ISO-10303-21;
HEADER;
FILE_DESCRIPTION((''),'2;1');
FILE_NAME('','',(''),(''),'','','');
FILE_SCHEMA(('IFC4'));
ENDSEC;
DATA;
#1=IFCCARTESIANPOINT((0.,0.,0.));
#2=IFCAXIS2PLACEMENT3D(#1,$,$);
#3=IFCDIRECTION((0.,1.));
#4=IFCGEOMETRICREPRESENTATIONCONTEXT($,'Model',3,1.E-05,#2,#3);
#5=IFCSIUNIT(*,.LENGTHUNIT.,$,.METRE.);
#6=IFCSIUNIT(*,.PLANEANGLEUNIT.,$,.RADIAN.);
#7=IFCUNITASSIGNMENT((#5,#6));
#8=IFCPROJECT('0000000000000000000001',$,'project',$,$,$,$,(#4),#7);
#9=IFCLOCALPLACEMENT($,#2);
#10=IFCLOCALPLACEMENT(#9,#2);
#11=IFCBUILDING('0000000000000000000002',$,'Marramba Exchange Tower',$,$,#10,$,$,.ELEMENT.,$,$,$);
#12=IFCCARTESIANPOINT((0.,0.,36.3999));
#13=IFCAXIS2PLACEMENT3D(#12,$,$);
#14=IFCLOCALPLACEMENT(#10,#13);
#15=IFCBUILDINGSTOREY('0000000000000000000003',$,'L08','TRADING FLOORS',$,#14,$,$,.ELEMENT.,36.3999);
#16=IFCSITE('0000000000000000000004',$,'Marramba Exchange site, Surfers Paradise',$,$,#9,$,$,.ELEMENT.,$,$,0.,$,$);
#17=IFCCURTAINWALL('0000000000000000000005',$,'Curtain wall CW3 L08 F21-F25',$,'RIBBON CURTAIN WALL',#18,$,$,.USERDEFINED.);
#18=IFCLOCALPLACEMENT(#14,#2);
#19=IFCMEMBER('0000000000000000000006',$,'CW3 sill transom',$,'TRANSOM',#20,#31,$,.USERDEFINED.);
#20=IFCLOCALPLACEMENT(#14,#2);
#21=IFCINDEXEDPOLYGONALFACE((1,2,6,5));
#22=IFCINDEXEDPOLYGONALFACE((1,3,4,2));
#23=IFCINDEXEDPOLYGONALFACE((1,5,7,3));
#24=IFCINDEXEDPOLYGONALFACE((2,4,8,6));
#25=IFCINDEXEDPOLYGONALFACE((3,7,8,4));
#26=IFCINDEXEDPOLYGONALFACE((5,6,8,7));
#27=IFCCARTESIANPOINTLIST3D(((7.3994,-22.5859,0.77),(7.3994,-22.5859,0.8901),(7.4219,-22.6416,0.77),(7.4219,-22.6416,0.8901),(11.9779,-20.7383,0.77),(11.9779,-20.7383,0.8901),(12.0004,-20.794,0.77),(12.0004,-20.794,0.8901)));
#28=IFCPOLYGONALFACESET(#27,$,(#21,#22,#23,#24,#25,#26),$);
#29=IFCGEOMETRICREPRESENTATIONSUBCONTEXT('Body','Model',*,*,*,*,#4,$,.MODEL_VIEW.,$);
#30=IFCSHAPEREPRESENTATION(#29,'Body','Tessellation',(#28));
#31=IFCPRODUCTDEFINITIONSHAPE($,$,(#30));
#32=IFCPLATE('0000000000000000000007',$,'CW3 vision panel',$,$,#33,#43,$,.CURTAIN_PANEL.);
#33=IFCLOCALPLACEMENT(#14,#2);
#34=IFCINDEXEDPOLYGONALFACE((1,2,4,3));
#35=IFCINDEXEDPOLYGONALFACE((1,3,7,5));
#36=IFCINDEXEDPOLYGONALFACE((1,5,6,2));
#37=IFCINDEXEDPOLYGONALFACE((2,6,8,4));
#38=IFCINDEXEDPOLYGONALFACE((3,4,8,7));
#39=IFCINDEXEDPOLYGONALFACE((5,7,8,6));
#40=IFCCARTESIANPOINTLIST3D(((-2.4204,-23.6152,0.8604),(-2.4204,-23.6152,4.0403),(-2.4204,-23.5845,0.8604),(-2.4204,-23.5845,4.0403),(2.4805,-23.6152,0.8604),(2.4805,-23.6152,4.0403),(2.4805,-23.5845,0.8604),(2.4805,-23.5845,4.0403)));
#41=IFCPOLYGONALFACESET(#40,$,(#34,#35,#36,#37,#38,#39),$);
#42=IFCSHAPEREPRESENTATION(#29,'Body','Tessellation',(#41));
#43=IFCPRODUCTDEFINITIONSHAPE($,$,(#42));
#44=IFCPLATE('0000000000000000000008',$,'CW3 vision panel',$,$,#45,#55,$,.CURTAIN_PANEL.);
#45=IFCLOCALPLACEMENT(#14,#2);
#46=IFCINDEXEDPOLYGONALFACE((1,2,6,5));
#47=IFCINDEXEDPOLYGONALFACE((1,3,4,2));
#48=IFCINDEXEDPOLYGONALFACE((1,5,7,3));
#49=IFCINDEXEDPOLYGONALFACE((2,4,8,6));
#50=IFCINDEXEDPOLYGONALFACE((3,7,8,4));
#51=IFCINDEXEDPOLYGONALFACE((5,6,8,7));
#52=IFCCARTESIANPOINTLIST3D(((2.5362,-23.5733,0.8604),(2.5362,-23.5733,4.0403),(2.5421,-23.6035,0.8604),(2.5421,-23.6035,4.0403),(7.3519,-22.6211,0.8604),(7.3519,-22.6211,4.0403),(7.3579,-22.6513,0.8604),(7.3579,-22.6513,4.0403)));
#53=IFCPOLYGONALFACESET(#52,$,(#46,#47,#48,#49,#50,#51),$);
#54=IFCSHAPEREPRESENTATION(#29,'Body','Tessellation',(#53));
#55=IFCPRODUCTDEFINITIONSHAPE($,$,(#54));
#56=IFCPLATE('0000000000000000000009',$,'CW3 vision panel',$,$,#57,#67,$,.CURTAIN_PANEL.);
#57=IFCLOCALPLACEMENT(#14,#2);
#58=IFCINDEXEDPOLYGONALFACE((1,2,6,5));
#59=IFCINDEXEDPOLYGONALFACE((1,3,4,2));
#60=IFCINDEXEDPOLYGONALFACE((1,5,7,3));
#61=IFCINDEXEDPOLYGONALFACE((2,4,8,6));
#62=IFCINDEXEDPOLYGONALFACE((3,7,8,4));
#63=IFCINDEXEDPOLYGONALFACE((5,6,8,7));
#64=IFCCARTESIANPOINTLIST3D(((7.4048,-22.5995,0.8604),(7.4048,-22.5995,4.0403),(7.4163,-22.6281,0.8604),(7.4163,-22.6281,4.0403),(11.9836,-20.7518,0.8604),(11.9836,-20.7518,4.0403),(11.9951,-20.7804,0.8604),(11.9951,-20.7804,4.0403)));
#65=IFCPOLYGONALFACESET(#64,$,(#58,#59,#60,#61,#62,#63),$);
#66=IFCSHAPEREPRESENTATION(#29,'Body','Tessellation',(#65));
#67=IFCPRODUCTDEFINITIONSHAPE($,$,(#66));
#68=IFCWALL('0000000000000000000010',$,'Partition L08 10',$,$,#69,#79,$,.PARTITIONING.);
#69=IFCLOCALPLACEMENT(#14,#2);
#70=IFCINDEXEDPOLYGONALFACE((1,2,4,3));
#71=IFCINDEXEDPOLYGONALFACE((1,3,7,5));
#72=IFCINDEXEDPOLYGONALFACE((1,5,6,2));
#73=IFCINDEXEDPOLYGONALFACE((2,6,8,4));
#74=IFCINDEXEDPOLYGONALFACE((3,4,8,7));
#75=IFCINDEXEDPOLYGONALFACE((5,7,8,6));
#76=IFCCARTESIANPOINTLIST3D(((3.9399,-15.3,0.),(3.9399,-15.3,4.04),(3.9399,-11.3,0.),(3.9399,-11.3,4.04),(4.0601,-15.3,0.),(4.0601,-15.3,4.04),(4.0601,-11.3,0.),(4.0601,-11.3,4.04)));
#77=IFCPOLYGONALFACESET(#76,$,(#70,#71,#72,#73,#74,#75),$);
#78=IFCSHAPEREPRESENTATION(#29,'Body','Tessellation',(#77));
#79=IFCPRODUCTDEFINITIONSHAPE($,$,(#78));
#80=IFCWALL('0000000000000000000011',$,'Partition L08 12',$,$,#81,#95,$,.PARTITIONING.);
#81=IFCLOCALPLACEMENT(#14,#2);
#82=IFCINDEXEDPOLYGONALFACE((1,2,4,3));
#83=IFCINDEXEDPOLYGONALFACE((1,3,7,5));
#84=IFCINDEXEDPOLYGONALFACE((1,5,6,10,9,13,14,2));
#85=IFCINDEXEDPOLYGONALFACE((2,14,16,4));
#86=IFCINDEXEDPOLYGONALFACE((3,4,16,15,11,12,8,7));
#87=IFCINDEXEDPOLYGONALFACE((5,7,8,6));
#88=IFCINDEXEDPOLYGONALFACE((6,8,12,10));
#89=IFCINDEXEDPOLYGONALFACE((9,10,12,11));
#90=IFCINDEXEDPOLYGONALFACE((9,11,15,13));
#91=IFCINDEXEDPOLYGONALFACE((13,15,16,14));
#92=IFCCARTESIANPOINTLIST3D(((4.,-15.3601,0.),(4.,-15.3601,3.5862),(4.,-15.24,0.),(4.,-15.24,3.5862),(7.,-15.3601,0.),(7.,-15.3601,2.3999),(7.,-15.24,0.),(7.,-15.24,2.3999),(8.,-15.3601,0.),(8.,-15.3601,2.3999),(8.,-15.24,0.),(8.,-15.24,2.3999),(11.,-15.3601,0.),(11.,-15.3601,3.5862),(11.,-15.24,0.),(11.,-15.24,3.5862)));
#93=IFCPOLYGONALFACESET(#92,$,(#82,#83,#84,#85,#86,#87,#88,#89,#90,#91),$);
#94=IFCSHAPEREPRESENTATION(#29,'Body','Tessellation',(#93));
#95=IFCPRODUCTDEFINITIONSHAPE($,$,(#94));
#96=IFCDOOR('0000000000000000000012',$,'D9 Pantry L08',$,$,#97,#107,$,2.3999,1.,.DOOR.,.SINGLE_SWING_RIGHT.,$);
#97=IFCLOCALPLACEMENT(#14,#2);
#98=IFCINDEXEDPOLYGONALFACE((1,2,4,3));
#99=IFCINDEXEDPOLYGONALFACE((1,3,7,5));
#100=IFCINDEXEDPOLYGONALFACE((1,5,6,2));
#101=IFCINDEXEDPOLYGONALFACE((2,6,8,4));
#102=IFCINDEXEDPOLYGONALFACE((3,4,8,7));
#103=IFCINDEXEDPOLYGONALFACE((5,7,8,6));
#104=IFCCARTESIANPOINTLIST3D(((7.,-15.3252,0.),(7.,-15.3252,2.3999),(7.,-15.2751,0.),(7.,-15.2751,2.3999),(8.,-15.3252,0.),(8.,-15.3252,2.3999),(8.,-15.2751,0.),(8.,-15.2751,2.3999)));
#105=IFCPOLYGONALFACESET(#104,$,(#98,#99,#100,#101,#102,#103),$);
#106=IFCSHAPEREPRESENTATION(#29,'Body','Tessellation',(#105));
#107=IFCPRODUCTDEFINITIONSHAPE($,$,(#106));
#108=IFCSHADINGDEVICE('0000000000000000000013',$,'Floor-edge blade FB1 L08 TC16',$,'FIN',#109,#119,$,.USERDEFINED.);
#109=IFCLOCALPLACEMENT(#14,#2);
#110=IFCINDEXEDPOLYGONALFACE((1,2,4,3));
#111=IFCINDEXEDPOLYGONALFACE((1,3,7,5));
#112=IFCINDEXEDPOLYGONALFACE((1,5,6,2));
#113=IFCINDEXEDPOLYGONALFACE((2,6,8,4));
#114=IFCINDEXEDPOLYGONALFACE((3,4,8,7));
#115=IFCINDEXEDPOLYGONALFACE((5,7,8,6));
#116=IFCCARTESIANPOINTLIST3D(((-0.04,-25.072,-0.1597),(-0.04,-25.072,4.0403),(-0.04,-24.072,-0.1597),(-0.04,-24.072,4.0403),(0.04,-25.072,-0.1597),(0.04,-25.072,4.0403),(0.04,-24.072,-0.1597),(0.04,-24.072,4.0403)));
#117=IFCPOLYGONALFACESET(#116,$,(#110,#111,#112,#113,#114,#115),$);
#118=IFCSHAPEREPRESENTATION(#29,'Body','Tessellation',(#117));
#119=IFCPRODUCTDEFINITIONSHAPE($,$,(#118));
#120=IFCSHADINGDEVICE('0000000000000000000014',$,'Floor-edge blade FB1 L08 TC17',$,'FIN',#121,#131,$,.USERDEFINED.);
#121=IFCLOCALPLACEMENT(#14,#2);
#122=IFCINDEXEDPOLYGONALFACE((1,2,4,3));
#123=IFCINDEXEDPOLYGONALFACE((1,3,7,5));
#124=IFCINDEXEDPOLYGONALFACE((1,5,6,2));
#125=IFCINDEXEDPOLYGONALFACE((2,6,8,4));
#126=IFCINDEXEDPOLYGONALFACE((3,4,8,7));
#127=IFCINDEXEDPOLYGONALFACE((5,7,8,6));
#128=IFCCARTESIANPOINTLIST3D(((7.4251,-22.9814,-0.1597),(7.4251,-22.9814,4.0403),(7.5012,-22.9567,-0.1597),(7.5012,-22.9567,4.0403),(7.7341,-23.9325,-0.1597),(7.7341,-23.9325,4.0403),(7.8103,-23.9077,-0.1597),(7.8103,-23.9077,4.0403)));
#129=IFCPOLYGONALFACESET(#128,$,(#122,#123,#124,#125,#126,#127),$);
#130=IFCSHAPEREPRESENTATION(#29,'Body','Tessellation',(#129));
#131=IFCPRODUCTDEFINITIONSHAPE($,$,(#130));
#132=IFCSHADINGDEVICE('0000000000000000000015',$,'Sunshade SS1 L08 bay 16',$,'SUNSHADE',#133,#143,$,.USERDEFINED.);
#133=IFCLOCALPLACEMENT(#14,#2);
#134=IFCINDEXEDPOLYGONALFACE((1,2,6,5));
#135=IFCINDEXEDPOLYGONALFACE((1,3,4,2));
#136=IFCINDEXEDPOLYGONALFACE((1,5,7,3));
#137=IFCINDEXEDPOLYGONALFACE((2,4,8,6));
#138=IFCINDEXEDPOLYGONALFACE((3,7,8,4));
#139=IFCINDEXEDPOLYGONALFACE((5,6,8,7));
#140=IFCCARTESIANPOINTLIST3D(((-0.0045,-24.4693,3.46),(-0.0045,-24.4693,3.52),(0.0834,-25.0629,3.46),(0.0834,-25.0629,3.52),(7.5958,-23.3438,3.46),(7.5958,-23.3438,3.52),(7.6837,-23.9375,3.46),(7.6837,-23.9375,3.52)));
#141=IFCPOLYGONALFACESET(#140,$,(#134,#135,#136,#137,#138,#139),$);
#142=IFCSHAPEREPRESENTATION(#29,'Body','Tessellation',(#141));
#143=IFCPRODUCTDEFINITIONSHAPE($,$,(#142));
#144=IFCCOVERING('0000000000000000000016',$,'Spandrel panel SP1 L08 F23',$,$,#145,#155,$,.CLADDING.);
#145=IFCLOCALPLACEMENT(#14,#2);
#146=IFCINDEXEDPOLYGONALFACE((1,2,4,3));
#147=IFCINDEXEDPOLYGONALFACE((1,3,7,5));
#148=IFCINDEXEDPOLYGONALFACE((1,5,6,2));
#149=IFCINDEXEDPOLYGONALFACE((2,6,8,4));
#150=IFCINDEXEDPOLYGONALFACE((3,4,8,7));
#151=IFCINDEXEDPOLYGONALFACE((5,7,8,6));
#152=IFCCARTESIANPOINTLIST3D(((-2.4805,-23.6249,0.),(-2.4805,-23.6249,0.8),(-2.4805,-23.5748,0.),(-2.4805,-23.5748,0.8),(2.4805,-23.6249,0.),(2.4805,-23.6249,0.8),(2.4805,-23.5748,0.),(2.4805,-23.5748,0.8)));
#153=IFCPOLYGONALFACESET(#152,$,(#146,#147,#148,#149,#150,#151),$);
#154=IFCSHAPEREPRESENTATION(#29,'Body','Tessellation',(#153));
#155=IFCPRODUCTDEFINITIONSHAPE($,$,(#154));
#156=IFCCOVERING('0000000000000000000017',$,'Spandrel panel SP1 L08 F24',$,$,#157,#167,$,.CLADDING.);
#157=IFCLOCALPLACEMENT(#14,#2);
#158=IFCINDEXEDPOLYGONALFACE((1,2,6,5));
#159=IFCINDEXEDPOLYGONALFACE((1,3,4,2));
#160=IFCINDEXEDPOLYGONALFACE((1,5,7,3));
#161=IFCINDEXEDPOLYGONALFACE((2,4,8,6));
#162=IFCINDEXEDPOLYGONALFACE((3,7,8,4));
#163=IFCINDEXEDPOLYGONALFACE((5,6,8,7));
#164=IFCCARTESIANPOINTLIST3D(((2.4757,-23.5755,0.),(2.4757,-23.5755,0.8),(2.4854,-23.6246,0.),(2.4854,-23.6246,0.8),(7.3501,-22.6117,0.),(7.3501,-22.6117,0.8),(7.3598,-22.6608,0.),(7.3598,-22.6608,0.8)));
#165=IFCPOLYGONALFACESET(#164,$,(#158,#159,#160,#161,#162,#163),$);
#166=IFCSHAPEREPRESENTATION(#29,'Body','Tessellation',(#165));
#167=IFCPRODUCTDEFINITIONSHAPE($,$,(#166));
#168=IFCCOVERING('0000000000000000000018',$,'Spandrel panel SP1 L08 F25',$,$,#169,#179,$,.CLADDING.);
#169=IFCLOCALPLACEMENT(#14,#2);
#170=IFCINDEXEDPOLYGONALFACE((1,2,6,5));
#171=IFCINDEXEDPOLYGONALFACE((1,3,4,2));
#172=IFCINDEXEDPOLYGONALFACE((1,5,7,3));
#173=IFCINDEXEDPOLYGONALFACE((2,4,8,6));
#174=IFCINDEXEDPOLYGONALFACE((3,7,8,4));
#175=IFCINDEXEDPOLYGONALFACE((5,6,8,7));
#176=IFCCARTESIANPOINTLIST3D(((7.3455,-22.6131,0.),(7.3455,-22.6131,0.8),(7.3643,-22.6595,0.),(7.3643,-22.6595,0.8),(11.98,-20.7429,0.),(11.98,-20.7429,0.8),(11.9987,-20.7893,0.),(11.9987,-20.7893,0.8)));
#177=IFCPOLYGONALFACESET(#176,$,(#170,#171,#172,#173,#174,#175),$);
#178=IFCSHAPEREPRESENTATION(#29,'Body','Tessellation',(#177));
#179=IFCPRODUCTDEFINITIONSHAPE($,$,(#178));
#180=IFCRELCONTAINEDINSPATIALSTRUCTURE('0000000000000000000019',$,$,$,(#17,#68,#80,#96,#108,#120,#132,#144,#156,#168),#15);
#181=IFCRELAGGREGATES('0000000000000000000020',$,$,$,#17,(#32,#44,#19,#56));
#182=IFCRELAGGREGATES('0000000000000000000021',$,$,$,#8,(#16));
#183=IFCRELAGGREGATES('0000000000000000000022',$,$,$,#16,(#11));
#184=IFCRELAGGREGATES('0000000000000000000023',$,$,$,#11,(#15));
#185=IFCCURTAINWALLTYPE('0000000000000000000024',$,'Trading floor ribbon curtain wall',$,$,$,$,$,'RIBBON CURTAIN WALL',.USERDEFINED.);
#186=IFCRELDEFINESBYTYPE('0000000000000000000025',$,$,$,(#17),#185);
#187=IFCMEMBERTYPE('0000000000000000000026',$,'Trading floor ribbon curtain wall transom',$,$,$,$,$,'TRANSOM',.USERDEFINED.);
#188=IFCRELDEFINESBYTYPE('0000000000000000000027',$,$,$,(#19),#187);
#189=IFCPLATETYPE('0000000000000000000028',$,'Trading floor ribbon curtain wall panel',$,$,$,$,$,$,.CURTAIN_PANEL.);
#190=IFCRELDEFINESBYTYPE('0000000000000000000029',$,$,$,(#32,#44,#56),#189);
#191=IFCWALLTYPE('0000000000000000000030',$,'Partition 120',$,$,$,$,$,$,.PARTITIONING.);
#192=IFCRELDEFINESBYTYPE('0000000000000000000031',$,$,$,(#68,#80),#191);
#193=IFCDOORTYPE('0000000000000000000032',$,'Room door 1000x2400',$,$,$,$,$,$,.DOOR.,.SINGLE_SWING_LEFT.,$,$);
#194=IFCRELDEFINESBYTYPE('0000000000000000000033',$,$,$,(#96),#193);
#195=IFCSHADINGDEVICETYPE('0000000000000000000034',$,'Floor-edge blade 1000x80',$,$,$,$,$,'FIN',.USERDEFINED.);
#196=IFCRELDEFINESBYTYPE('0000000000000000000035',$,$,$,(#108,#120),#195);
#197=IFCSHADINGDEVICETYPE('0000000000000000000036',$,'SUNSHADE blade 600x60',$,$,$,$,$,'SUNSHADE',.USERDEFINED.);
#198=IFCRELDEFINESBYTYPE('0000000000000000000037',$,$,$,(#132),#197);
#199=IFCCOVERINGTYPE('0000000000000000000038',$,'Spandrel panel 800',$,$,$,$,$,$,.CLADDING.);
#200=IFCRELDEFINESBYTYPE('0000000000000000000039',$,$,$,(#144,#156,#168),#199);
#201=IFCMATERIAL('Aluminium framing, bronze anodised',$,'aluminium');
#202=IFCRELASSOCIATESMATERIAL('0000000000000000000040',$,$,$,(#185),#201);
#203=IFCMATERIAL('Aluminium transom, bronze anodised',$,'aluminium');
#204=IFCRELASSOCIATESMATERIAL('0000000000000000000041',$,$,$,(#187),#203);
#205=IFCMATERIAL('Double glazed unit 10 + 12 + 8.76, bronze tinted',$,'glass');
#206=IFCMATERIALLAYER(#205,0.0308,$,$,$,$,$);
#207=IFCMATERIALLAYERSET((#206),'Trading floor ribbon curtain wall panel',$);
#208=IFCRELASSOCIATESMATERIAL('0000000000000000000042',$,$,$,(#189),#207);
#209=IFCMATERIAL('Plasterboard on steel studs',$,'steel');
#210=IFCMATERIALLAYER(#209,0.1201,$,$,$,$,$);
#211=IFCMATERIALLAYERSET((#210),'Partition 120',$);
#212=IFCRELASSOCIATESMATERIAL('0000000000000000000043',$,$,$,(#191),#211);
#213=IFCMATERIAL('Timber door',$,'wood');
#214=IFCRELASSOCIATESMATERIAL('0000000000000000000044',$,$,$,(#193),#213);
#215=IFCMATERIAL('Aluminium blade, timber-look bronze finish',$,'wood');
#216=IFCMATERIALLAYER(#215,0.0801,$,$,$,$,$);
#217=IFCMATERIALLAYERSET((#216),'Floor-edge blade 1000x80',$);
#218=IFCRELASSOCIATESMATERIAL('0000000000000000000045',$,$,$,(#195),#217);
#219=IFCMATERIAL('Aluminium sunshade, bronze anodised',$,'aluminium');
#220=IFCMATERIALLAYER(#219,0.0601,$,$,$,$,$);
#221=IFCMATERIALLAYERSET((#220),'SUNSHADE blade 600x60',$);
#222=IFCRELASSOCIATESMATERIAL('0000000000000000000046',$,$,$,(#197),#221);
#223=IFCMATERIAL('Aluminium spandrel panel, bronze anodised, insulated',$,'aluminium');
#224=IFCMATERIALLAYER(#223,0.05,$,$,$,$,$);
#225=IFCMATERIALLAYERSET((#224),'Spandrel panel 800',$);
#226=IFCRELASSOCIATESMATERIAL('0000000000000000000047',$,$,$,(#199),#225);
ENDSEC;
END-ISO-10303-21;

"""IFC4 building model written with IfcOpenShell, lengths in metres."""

from ifc_helpers import new_model, si_unit, direction, frame, frame_2d, origin, origin_2d, place, context, subcontext, project, spatial, rectangle, extrude, material, layer, layer_set, material_profile, profile_set, type_object, element, fill, aggregate, save


model = new_model("IFC4")

# Units and contexts
model_context = context("Model", 3, precision=1e-05, world=origin(), true_north=direction((0.0, 1.0)))
body_context = subcontext(model_context, "Body", "Model", "MODEL_VIEW")
ifc_project = project(units=[si_unit("LENGTHUNIT", "METRE"), si_unit("PLANEANGLEUNIT", "RADIAN")], contexts=[model_context])

# Site, building, storey
site_placement = place(None, origin())
site = spatial("IfcSite", under=ifc_project, at=site_placement, Name="Marramba Exchange site, Surfers Paradise", CompositionType="ELEMENT", RefElevation=0.0)
building_placement = place(site_placement, origin())
building = spatial("IfcBuilding", under=site, at=building_placement, Name="Marramba Exchange Tower", CompositionType="ELEMENT")
storey_placement = place(building_placement, frame((0.0, 0.0, 36.3999)))
storey = spatial("IfcBuildingStorey", under=building, at=storey_placement, Name="L08", Description="TRADING FLOORS", CompositionType="ELEMENT", Elevation=36.3999)

# Curtain wall, member, plates
ifc_material_1 = material(Name="Aluminium framing, bronze anodised", Category="aluminium")
curtain_wall_type = type_object("IfcCurtainWallType", Name="Trading floor ribbon curtain wall", ElementType="RIBBON CURTAIN WALL", PredefinedType="USERDEFINED", material=ifc_material_1)
curtain_wall_placement = place(storey_placement, origin())
curtain_wall = element("IfcCurtainWall", 1, at=curtain_wall_placement, inside=storey, type_object=curtain_wall_type, Name="Curtain wall CW3 L08 F21-F25", ObjectType="RIBBON CURTAIN WALL", PredefinedType="USERDEFINED")
ifc_material_2 = material(Name="Aluminium transom, bronze anodised", Category="aluminium")
ifc_material_profile_1 = material_profile(ifc_material_2, rectangle(XDim=0.0601, YDim=0.1201, at=origin_2d()), Name="CW3 transom 60x120")
ifc_profile_set_1 = profile_set([ifc_material_profile_1], Name="Aluminium transom, bronze anodised")
member_type_1 = type_object("IfcMemberType", Name="Trading floor ribbon curtain wall transom", ElementType="TRANSOM", PredefinedType="USERDEFINED", material=ifc_profile_set_1)
member_1_placement = place(storey_placement, frame((7.4106, -22.6138, 0.8301), z_axis=(0.92734, 0.374219, 0.0), x_axis=(-0.374219, 0.92734, 0.0)))
member_1 = element("IfcMember", 2, at=member_1_placement, type_object=member_type_1, Name="CW3 sill transom", ObjectType="TRANSOM", PredefinedType="USERDEFINED", context=body_context, shape_type="SweptSolid", body=[
    extrude(rectangle(XDim=0.0601, YDim=0.1201, at=origin_2d()), origin(), (0.0, 0.0, 1.0), 4.9373),
])
ifc_material_3 = material(Name="Double glazed unit 10 + 12 + 8.76, bronze tinted", Category="glass")
ifc_layer_1 = layer(ifc_material_3, 0.0308)
ifc_layer_set_1 = layer_set([ifc_layer_1], Name="Trading floor ribbon curtain wall panel")
plate_type = type_object("IfcPlateType", Name="Trading floor ribbon curtain wall panel", PredefinedType="CURTAIN_PANEL", material=ifc_layer_set_1)
plate_1_placement = place(storey_placement, frame((0.03, -23.5999, 0.8604), z_axis=(0.0, 0.0, 1.0), x_axis=(1.0, 0.0, 0.0)))
plate_1 = element("IfcPlate", 3, at=plate_1_placement, type_object=plate_type, Name="CW3 vision panel", PredefinedType="CURTAIN_PANEL", context=body_context, shape_type="SweptSolid", body=[
    extrude(rectangle(XDim=4.9009, YDim=0.0308, at=origin_2d()), origin(), (0.0, 0.0, 1.0), 3.1799),
])
plate_2_placement = place(storey_placement, frame((4.947, -23.1123, 0.8604), z_axis=(0.0, 0.0, 1.0), x_axis=(0.981009, 0.193961, 0.0)))
plate_2 = element("IfcPlate", 4, at=plate_2_placement, type_object=plate_type, Name="CW3 vision panel", PredefinedType="CURTAIN_PANEL", context=body_context, shape_type="SweptSolid", body=[
    extrude(rectangle(XDim=4.9089, YDim=0.0308, at=origin_2d()), origin(), (0.0, 0.0, 1.0), 3.1799),
])
plate_3_placement = place(storey_placement, frame((9.7, -21.6899, 0.8604), z_axis=(0.0, 0.0, 1.0), x_axis=(0.927341, 0.374218, 0.0)))
plate_3 = element("IfcPlate", 5, at=plate_3_placement, type_object=plate_type, Name="CW3 vision panel", PredefinedType="CURTAIN_PANEL", context=body_context, shape_type="SweptSolid", body=[
    extrude(rectangle(XDim=4.9375, YDim=0.0308, at=origin_2d()), origin(), (0.0, 0.0, 1.0), 3.1799),
])
aggregate(curtain_wall, [plate_1, plate_2, member_1, plate_3])

# Wall
ifc_material_4 = material(Name="Plasterboard on steel studs", Category="steel")
ifc_layer_2 = layer(ifc_material_4, 0.1201)
ifc_layer_set_2 = layer_set([ifc_layer_2], Name="Partition 120")
wall_type = type_object("IfcWallType", Name="Partition 120", PredefinedType="PARTITIONING", material=ifc_layer_set_2)
wall_1_placement = place(storey_placement, frame((4.0, -11.3, 0.0), z_axis=(0.0, 0.0, 1.0), x_axis=(0.0, -1.0, 0.0)))
element("IfcWall", 6, at=wall_1_placement, inside=storey, type_object=wall_type, Name="Partition L08 10", PredefinedType="PARTITIONING", context=body_context, shape_type="SweptSolid", body=[
    extrude(rectangle(XDim=4.0, YDim=0.1201, at=frame_2d((2.0, 0.0))), origin(), (0.0, 0.0, 1.0), 4.04),
])

# Wall, opening, door
wall_2_placement = place(storey_placement, frame((4.0, -15.3, 0.0), z_axis=(0.0, 0.0, 1.0), x_axis=(1.0, 0.0, 0.0)))
wall_2 = element("IfcWall", 7, at=wall_2_placement, inside=storey, type_object=wall_type, Name="Partition L08 12", PredefinedType="PARTITIONING", context=body_context, shape_type="SweptSolid", body=[
    extrude(rectangle(XDim=7.0, YDim=0.1201, at=frame_2d((3.5, 0.0))), origin(), (0.0, 0.0, 1.0), 3.5862),
])
opening_placement = place(wall_2_placement, frame((3.0, 0.0, 0.0)))
opening = element("IfcOpeningElement", 8, at=opening_placement, cuts=wall_2, PredefinedType="OPENING", context=body_context, shape_type="SweptSolid", body=[
    extrude(rectangle(XDim=1.0, YDim=2.3999, at=frame_2d((0.5, 1.2))), frame((0.0, 0.0701, 0.0), z_axis=(0.0, -1.0, 0.0), x_axis=(1.0, 0.0, 0.0)), (0.0, 0.0, 1.0), 0.1401),
])
ifc_material_5 = material(Name="Timber door", Category="wood")
door_type = type_object("IfcDoorType", Name="Room door 1000x2400", OperationType="SINGLE_SWING_LEFT", PredefinedType="DOOR", material=ifc_material_5)
door_placement = place(opening_placement, origin())
door = element("IfcDoor", 9, at=door_placement, inside=storey, type_object=door_type, Name="D9 Pantry L08", OperationType="SINGLE_SWING_RIGHT", OverallHeight=2.3999, OverallWidth=1.0, PredefinedType="DOOR", context=body_context, shape_type="SweptSolid", body=[
    extrude(rectangle(XDim=1.0, YDim=2.3999, at=frame_2d((0.5, 1.2))), frame((0.0, 0.0249, 0.0), z_axis=(0.0, -1.0, 0.0), x_axis=(1.0, 0.0, 0.0)), (0.0, 0.0, 1.0), 0.05),
])
fill(opening, door)

# Shading devices
ifc_material_6 = material(Name="Aluminium blade, timber-look bronze finish", Category="wood")
ifc_layer_3 = layer(ifc_material_6, 0.0801)
ifc_layer_set_3 = layer_set([ifc_layer_3], Name="Floor-edge blade 1000x80")
shading_device_type_1 = type_object("IfcShadingDeviceType", Name="Floor-edge blade 1000x80", ElementType="FIN", PredefinedType="USERDEFINED", material=ifc_layer_set_3)
for number, where, z_axis, x_axis, name in (
    (10, (0.0, -24.572, -0.1597), (0.0, 0.0, 1.0), (0.0, -1.0, 0.0), "Floor-edge blade FB1 L08 TC16"),
    (11, (7.6177, -23.4446, -0.1597), (0.0, 0.0, 1.0), (0.309017, -0.951057, 0.0), "Floor-edge blade FB1 L08 TC17"),
):
    element("IfcShadingDevice", number, at=place(storey_placement, frame(where, z_axis=z_axis, x_axis=x_axis)), inside=storey, type_object=shading_device_type_1, Name=name, ObjectType="FIN", PredefinedType="USERDEFINED", context=body_context, shape_type="SweptSolid", body=[
        extrude(rectangle(XDim=1.0, YDim=0.0801, at=origin_2d()), origin(), (0.0, 0.0, 1.0), 4.2),
    ])
ifc_material_7 = material(Name="Aluminium sunshade, bronze anodised", Category="aluminium")
ifc_layer_4 = layer(ifc_material_7, 0.0601)
ifc_layer_set_4 = layer_set([ifc_layer_4], Name="SUNSHADE blade 600x60")
shading_device_type_2 = type_object("IfcShadingDeviceType", Name="SUNSHADE blade 600x60", ElementType="SUNSHADE", PredefinedType="USERDEFINED", material=ifc_layer_set_4)
shading_device_placement = place(storey_placement, frame((3.8396, -24.2034, 3.46), z_axis=(0.0, 0.0, 1.0), x_axis=(0.989213, 0.146485, 0.0)))
element("IfcShadingDevice", 12, at=shading_device_placement, inside=storey, type_object=shading_device_type_2, Name="Sunshade SS1 L08 bay 16", ObjectType="SUNSHADE", PredefinedType="USERDEFINED", context=body_context, shape_type="SweptSolid", body=[
    extrude(rectangle(XDim=7.6831, YDim=0.6001, at=origin_2d()), origin(), (0.0, 0.0, 1.0), 0.0601),
])

# Coverings
ifc_material_8 = material(Name="Aluminium spandrel panel, bronze anodised, insulated", Category="aluminium")
ifc_layer_5 = layer(ifc_material_8, 0.05)
ifc_layer_set_5 = layer_set([ifc_layer_5], Name="Spandrel panel 800")
covering_type = type_object("IfcCoveringType", Name="Spandrel panel 800", PredefinedType="CLADDING", material=ifc_layer_set_5)
covering_1_placement = place(storey_placement, frame((0.0, -23.5999, 0.0), z_axis=(0.0, 0.0, 1.0), x_axis=(1.0, 0.0, 0.0)))
element("IfcCovering", 13, at=covering_1_placement, inside=storey, type_object=covering_type, Name="Spandrel panel SP1 L08 F23", PredefinedType="CLADDING", context=body_context, shape_type="SweptSolid", body=[
    extrude(rectangle(XDim=4.9609, YDim=0.05, at=origin_2d()), origin(), (0.0, 0.0, 1.0), 0.8),
])
covering_2_placement = place(storey_placement, frame((4.9177, -23.1182, 0.0), z_axis=(0.0, 0.0, 1.0), x_axis=(0.981009, 0.193961, 0.0)))
element("IfcCovering", 14, at=covering_2_placement, inside=storey, type_object=covering_type, Name="Spandrel panel SP1 L08 F24", PredefinedType="CLADDING", context=body_context, shape_type="SweptSolid", body=[
    extrude(rectangle(XDim=4.9688, YDim=0.05, at=origin_2d()), origin(), (0.0, 0.0, 1.0), 0.8),
])
covering_3_placement = place(storey_placement, frame((9.6721, -21.7012, 0.0), z_axis=(0.0, 0.0, 1.0), x_axis=(0.927341, 0.374218, 0.0)))
element("IfcCovering", 15, at=covering_3_placement, inside=storey, type_object=covering_type, Name="Spandrel panel SP1 L08 F25", PredefinedType="CLADDING", context=body_context, shape_type="SweptSolid", body=[
    extrude(rectangle(XDim=4.9976, YDim=0.05, at=origin_2d()), origin(), (0.0, 0.0, 1.0), 0.8),
])

save(model, "model.ifc")
